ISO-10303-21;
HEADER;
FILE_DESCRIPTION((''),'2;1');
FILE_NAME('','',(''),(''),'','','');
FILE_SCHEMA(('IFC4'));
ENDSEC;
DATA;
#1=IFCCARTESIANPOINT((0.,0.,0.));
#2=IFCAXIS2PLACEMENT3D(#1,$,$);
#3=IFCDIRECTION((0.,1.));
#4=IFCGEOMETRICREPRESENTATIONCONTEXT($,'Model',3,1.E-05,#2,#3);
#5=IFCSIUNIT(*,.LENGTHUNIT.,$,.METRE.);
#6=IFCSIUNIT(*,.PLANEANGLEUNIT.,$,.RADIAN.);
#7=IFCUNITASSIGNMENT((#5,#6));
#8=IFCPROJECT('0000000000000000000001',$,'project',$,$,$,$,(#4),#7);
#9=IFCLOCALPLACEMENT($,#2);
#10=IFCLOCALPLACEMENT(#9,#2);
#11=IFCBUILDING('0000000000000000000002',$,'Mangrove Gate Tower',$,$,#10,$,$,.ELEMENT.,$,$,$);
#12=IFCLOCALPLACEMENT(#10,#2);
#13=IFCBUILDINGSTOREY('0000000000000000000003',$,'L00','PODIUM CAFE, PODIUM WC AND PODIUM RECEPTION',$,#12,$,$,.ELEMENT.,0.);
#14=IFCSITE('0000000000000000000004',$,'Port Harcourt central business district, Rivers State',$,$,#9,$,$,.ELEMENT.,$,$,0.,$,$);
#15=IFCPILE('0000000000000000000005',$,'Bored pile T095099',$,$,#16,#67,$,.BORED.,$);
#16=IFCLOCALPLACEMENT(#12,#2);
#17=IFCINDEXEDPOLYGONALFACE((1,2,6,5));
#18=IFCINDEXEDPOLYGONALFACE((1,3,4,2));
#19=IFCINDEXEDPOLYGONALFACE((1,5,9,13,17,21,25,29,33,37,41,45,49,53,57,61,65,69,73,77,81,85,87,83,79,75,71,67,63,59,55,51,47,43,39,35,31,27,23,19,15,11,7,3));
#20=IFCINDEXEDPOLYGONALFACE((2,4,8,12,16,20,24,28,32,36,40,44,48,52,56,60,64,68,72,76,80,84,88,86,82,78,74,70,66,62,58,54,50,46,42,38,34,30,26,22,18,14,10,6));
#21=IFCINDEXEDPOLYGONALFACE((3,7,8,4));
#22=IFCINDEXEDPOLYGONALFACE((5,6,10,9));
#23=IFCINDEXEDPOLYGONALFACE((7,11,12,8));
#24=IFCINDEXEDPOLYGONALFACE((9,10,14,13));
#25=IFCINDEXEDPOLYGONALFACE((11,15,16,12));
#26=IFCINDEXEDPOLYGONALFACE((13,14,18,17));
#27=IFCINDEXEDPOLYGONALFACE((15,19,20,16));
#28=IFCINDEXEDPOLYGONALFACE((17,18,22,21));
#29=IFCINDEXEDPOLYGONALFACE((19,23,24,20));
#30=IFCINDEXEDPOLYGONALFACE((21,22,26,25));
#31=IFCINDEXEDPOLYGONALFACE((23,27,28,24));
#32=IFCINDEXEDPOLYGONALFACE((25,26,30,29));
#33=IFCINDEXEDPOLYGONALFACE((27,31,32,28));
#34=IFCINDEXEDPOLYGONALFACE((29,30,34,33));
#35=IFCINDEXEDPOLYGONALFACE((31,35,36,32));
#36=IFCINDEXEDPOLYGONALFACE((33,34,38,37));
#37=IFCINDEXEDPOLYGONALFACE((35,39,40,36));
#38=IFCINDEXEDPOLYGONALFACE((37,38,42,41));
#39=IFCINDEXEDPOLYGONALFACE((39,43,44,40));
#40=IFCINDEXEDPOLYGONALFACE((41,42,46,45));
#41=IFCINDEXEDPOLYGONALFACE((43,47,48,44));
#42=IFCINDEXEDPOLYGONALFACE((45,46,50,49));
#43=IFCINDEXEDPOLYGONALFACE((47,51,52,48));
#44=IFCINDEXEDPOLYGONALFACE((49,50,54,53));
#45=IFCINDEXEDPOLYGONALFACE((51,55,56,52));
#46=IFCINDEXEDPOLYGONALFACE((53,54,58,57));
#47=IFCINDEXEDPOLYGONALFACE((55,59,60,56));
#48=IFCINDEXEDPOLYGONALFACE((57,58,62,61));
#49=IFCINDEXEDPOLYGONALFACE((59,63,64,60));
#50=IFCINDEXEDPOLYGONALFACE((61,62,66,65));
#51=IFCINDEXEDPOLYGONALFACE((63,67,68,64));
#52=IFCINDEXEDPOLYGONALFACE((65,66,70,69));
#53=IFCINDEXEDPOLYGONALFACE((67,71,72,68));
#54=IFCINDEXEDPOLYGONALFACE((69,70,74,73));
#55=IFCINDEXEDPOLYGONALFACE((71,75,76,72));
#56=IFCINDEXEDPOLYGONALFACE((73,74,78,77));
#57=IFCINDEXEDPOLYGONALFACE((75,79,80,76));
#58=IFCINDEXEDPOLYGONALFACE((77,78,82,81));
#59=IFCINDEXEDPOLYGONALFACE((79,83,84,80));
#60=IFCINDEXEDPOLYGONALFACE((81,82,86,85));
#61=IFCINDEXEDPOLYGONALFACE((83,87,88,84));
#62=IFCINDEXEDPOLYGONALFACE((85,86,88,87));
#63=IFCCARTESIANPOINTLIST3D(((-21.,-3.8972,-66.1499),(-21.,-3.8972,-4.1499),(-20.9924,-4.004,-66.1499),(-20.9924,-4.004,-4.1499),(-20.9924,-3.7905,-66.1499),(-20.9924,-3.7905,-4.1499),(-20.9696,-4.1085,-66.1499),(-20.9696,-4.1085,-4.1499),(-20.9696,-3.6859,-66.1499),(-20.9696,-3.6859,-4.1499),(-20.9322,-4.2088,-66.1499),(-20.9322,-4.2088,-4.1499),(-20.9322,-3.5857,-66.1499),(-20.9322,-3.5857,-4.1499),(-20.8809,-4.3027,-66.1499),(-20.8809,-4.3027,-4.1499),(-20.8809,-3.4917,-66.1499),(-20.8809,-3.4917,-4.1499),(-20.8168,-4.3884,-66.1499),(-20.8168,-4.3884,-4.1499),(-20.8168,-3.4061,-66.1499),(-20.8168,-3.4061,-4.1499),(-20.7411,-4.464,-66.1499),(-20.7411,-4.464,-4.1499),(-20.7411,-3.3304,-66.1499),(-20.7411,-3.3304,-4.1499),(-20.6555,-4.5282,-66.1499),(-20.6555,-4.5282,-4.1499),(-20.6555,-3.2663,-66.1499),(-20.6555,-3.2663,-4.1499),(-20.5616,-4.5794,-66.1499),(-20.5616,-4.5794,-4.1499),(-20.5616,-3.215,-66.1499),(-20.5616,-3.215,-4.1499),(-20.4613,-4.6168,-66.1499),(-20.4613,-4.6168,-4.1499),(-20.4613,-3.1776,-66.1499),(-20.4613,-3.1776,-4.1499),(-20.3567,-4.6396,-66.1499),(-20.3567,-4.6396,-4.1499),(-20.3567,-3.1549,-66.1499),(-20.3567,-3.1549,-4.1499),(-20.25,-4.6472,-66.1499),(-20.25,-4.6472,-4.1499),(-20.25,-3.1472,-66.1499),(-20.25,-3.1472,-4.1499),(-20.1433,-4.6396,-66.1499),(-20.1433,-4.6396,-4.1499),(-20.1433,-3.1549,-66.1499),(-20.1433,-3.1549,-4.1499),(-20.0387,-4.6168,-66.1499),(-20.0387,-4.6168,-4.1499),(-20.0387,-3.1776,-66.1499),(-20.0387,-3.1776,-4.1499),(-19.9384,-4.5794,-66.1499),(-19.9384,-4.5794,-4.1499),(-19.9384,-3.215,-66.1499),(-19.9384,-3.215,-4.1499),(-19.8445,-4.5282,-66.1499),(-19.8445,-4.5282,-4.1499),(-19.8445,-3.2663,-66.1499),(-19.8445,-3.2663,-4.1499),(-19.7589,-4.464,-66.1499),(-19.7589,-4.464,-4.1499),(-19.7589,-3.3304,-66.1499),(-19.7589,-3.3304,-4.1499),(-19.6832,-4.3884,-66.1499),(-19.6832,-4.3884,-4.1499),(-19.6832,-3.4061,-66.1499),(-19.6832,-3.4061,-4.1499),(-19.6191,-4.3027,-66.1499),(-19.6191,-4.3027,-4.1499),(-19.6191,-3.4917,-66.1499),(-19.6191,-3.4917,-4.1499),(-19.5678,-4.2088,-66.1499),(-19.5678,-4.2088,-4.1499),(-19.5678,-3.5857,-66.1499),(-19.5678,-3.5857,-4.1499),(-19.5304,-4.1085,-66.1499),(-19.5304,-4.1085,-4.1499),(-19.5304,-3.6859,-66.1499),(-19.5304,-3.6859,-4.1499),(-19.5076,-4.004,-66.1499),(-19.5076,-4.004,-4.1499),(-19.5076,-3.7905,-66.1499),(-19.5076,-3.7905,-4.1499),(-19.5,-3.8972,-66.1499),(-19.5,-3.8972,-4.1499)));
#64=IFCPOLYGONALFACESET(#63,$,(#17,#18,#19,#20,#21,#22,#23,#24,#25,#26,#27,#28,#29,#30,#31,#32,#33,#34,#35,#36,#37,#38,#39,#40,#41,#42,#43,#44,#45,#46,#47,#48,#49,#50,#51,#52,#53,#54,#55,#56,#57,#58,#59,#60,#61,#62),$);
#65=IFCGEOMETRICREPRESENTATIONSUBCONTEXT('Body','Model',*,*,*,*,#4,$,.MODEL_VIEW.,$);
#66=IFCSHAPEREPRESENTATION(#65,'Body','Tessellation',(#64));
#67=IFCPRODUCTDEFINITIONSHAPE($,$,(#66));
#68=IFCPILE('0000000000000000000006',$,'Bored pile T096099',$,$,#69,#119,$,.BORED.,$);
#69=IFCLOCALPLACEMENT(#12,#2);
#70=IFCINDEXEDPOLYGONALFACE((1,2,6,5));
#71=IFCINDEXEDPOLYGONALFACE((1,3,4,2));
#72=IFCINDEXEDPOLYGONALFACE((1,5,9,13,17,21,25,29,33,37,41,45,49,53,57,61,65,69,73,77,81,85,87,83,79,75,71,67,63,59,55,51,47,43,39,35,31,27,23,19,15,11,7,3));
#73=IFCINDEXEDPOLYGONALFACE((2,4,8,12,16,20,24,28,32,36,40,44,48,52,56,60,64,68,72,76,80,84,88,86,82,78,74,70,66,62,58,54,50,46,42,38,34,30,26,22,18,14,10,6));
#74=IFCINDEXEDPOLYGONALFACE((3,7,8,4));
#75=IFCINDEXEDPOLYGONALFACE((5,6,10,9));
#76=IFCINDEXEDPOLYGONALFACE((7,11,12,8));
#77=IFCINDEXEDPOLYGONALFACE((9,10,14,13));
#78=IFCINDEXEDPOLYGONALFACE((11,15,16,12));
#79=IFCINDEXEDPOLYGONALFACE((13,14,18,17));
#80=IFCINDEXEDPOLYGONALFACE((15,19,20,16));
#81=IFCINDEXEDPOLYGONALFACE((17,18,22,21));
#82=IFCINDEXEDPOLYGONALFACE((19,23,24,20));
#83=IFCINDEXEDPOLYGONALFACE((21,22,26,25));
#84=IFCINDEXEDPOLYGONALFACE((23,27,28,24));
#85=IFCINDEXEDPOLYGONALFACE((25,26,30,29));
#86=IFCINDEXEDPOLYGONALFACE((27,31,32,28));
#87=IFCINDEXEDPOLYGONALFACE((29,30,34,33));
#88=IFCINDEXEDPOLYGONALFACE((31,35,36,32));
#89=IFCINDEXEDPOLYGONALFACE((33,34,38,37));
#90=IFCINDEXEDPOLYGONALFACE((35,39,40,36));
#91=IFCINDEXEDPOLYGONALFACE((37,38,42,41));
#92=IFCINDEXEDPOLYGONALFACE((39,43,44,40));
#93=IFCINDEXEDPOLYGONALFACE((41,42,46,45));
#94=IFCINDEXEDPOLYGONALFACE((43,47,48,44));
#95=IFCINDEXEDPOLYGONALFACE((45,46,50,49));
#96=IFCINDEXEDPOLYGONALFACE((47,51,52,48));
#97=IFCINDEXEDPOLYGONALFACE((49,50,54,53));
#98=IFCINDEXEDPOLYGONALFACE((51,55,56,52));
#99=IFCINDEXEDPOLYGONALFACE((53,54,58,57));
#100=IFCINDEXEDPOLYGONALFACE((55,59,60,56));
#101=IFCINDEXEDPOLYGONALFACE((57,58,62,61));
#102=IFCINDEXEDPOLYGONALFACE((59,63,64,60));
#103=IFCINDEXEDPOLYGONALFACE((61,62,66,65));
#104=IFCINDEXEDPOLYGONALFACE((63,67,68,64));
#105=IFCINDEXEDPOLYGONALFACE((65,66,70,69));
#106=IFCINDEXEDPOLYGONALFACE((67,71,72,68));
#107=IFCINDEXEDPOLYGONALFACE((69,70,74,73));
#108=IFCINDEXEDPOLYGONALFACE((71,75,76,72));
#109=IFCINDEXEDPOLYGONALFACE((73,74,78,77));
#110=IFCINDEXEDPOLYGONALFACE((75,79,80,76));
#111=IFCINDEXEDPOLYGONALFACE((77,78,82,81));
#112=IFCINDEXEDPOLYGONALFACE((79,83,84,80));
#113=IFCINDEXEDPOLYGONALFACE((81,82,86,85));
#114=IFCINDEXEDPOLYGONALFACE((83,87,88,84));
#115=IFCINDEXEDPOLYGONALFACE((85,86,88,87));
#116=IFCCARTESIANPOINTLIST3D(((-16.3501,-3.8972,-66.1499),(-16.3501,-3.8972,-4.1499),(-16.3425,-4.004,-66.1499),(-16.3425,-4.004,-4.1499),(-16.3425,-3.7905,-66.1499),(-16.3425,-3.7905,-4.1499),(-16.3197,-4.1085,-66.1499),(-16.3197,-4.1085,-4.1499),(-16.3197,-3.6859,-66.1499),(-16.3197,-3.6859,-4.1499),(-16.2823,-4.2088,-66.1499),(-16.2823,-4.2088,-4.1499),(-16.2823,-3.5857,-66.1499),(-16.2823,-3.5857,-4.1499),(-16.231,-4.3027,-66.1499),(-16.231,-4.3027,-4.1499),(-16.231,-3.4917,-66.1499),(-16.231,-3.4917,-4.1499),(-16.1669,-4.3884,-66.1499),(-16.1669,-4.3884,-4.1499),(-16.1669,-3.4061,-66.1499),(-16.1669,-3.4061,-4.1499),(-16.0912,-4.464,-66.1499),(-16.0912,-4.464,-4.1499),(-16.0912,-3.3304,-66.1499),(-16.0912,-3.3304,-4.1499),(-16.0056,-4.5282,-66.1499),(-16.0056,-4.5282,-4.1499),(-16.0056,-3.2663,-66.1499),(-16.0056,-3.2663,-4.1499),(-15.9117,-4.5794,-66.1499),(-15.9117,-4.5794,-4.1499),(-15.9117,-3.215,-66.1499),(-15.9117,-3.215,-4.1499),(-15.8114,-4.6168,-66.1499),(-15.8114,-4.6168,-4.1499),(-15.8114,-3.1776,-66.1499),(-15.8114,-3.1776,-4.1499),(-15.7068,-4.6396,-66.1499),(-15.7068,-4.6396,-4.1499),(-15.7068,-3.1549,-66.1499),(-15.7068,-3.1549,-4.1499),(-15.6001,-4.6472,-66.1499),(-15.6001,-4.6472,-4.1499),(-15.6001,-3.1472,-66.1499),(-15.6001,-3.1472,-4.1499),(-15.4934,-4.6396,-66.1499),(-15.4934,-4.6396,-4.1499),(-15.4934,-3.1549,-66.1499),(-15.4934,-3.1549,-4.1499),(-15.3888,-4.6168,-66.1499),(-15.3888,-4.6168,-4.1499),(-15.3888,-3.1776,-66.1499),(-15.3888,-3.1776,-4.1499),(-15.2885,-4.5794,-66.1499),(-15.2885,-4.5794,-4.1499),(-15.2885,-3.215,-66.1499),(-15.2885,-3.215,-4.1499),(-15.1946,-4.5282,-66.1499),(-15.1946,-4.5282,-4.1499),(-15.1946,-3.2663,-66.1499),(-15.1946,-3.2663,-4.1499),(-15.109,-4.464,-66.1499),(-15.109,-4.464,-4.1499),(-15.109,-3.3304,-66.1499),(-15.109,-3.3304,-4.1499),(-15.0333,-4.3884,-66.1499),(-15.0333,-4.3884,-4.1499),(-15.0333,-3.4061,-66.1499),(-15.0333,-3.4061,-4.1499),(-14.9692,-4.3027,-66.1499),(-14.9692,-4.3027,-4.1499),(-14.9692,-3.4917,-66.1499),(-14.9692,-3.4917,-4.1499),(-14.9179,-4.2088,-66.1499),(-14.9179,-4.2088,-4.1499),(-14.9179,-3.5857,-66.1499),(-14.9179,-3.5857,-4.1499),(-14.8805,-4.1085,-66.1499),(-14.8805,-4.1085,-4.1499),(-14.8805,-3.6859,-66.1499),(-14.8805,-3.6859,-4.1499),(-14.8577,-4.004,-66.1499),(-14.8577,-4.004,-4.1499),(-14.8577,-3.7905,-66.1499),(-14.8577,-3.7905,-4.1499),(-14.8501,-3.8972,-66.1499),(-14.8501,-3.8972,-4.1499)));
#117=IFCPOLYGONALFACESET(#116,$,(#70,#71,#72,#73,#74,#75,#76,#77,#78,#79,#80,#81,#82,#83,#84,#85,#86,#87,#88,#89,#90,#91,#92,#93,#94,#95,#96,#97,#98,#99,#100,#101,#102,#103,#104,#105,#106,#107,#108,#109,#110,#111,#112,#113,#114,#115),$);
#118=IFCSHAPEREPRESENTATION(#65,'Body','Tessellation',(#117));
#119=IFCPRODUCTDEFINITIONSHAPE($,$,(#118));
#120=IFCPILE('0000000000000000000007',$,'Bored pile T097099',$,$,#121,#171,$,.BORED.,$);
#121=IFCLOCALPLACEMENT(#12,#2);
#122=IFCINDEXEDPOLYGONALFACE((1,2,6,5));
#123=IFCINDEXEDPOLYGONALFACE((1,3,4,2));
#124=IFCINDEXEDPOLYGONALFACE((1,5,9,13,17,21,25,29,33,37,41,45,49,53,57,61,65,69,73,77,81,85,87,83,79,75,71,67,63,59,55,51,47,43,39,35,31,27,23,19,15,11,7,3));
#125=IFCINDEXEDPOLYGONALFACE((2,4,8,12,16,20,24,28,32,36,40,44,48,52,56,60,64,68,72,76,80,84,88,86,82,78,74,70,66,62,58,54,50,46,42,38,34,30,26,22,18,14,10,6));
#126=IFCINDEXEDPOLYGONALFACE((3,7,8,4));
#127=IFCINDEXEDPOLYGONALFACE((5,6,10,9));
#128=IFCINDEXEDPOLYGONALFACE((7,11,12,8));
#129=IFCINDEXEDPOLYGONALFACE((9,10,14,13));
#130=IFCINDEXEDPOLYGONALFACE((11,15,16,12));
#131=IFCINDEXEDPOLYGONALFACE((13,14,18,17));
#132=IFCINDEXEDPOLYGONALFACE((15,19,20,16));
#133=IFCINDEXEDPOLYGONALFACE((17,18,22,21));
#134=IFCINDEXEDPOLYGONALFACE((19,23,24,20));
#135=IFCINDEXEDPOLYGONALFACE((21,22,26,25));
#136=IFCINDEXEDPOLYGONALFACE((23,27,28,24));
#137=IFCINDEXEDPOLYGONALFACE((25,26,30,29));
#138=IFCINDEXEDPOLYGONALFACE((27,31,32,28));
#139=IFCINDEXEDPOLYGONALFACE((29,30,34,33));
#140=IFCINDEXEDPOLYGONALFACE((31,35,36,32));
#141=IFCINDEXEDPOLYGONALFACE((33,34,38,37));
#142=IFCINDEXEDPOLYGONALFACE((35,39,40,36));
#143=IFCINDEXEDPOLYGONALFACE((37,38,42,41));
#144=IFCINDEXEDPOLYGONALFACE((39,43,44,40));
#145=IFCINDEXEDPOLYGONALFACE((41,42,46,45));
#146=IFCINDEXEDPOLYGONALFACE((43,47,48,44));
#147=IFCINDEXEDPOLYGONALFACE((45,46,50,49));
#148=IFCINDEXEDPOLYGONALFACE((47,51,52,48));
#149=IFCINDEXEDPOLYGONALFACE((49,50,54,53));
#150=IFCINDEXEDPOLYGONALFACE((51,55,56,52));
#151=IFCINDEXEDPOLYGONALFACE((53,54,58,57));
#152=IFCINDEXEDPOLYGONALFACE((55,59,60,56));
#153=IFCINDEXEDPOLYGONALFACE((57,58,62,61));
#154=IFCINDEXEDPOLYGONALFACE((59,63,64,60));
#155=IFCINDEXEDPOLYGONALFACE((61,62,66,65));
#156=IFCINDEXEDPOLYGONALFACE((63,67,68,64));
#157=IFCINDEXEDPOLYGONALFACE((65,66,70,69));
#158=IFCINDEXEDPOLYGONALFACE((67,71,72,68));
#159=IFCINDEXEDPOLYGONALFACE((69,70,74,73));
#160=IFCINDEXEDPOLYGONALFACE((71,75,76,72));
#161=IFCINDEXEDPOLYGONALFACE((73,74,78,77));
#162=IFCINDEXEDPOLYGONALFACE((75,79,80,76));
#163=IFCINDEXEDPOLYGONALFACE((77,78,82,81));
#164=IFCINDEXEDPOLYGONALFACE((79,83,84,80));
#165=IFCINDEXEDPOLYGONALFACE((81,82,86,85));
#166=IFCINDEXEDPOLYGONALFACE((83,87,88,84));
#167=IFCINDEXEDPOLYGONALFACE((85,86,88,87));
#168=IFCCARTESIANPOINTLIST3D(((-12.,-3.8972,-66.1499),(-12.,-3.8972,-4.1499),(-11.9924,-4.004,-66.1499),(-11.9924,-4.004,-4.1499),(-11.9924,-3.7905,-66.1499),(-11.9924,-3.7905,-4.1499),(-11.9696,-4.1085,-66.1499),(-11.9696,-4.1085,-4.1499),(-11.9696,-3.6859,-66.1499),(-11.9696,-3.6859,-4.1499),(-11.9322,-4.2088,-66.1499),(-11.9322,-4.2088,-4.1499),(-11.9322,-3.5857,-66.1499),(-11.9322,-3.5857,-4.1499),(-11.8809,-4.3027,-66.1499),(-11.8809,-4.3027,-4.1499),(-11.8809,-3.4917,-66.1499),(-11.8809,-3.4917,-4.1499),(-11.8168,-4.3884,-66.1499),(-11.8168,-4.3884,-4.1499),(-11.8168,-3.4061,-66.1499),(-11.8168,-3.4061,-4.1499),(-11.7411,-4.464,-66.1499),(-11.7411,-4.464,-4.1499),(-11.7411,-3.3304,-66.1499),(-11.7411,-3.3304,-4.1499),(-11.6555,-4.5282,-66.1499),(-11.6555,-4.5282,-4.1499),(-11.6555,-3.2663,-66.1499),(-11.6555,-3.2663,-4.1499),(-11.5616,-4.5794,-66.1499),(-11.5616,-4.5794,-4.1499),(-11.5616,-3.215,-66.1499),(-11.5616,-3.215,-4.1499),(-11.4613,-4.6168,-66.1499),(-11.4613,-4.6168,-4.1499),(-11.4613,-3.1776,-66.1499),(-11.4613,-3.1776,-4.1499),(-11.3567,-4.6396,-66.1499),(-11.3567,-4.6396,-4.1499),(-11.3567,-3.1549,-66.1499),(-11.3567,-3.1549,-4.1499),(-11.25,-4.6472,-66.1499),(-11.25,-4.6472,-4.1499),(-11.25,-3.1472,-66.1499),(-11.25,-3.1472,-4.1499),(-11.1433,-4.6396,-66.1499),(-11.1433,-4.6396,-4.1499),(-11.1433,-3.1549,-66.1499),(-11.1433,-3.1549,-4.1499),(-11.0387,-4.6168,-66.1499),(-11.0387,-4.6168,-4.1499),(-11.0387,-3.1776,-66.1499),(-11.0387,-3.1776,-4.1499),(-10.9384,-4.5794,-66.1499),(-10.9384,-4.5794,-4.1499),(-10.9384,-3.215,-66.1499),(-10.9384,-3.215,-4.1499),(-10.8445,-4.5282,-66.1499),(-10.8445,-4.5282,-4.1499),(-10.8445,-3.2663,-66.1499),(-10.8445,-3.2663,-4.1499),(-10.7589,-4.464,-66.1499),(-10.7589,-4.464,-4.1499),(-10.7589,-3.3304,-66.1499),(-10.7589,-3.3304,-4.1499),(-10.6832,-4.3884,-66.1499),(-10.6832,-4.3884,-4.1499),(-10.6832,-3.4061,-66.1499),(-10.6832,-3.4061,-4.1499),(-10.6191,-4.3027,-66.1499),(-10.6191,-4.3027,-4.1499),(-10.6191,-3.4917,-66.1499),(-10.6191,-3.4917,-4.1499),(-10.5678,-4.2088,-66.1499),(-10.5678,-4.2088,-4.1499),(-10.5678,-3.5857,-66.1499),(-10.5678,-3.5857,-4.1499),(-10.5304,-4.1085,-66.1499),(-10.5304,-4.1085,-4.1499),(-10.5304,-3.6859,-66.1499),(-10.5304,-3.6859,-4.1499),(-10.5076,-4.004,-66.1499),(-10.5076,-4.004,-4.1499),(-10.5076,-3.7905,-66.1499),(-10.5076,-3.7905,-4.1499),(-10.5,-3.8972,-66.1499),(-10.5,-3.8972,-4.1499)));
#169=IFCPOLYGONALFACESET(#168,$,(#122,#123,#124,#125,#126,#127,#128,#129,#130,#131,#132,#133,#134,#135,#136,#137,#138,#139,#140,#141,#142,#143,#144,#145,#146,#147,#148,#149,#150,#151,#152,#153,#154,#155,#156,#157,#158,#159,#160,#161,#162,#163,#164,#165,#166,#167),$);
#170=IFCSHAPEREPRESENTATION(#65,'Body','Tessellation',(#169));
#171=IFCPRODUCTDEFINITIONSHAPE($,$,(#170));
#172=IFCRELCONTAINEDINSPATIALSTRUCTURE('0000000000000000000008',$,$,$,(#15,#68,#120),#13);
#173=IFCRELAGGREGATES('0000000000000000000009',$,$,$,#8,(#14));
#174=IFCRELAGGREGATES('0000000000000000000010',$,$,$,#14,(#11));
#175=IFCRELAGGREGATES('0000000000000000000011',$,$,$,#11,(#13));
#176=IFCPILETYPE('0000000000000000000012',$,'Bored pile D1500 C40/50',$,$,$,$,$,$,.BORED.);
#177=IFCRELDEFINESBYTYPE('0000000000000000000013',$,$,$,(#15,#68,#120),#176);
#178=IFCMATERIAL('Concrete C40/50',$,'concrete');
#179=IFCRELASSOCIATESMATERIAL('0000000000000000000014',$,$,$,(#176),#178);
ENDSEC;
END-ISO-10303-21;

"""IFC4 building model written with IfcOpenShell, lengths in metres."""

from ifc_helpers import new_model, si_unit, direction, frame, origin, origin_2d, place, context, subcontext, project, spatial, circle, extrude, material, material_profile, profile_set, type_object, element, save


model = new_model("IFC4")

# Units and contexts
model_context = context("Model", 3, precision=1e-05, world=origin(), true_north=direction((0.0, 1.0)))
body_context = subcontext(model_context, "Body", "Model", "MODEL_VIEW")
ifc_project = project(units=[si_unit("LENGTHUNIT", "METRE"), si_unit("PLANEANGLEUNIT", "RADIAN")], contexts=[model_context])

# Site, building, storey
site_placement = place(None, origin())
site = spatial("IfcSite", under=ifc_project, at=site_placement, Name="Port Harcourt central business district, Rivers State", CompositionType="ELEMENT", RefElevation=0.0)
building_placement = place(site_placement, origin())
building = spatial("IfcBuilding", under=site, at=building_placement, Name="Mangrove Gate Tower", CompositionType="ELEMENT")
storey_placement = place(building_placement, origin())
storey = spatial("IfcBuildingStorey", under=building, at=storey_placement, Name="L00", Description="PODIUM CAFE, PODIUM WC AND PODIUM RECEPTION", CompositionType="ELEMENT", Elevation=0.0)

# Piles
ifc_material_1 = material(Name="Concrete C40/50", Category="concrete")
ifc_material_profile = material_profile(ifc_material_1, circle(Radius=0.75, at=origin_2d()))
ifc_profile_set = profile_set([ifc_material_profile], Name="Concrete C40/50")
pile_type = type_object("IfcPileType", Name="Bored pile D1500 C40/50", PredefinedType="BORED", material=ifc_profile_set)
for number, where, z_axis, x_axis, name in (
    (1, (-20.25, -3.8972, -4.1499), (0.0, 0.0, -1.0), (1.0, 0.0, 0.0), "Bored pile T095099"),
    (2, (-15.6001, -3.8972, -4.1499), (0.0, 0.0, -1.0), (1.0, 0.0, 0.0), "Bored pile T096099"),
    (3, (-11.25, -3.8972, -4.1499), (0.0, 0.0, -1.0), (1.0, 0.0, 0.0), "Bored pile T097099"),
):
    element("IfcPile", number, at=place(storey_placement, frame(where, z_axis=z_axis, x_axis=x_axis)), inside=storey, type_object=pile_type, Name=name, PredefinedType="BORED", context=body_context, shape_type="SweptSolid", body=[
        extrude(circle(Radius=0.75, at=origin_2d()), origin(), (0.0, 0.0, 1.0), 62.0),
    ])

save(model, "model.ifc")
